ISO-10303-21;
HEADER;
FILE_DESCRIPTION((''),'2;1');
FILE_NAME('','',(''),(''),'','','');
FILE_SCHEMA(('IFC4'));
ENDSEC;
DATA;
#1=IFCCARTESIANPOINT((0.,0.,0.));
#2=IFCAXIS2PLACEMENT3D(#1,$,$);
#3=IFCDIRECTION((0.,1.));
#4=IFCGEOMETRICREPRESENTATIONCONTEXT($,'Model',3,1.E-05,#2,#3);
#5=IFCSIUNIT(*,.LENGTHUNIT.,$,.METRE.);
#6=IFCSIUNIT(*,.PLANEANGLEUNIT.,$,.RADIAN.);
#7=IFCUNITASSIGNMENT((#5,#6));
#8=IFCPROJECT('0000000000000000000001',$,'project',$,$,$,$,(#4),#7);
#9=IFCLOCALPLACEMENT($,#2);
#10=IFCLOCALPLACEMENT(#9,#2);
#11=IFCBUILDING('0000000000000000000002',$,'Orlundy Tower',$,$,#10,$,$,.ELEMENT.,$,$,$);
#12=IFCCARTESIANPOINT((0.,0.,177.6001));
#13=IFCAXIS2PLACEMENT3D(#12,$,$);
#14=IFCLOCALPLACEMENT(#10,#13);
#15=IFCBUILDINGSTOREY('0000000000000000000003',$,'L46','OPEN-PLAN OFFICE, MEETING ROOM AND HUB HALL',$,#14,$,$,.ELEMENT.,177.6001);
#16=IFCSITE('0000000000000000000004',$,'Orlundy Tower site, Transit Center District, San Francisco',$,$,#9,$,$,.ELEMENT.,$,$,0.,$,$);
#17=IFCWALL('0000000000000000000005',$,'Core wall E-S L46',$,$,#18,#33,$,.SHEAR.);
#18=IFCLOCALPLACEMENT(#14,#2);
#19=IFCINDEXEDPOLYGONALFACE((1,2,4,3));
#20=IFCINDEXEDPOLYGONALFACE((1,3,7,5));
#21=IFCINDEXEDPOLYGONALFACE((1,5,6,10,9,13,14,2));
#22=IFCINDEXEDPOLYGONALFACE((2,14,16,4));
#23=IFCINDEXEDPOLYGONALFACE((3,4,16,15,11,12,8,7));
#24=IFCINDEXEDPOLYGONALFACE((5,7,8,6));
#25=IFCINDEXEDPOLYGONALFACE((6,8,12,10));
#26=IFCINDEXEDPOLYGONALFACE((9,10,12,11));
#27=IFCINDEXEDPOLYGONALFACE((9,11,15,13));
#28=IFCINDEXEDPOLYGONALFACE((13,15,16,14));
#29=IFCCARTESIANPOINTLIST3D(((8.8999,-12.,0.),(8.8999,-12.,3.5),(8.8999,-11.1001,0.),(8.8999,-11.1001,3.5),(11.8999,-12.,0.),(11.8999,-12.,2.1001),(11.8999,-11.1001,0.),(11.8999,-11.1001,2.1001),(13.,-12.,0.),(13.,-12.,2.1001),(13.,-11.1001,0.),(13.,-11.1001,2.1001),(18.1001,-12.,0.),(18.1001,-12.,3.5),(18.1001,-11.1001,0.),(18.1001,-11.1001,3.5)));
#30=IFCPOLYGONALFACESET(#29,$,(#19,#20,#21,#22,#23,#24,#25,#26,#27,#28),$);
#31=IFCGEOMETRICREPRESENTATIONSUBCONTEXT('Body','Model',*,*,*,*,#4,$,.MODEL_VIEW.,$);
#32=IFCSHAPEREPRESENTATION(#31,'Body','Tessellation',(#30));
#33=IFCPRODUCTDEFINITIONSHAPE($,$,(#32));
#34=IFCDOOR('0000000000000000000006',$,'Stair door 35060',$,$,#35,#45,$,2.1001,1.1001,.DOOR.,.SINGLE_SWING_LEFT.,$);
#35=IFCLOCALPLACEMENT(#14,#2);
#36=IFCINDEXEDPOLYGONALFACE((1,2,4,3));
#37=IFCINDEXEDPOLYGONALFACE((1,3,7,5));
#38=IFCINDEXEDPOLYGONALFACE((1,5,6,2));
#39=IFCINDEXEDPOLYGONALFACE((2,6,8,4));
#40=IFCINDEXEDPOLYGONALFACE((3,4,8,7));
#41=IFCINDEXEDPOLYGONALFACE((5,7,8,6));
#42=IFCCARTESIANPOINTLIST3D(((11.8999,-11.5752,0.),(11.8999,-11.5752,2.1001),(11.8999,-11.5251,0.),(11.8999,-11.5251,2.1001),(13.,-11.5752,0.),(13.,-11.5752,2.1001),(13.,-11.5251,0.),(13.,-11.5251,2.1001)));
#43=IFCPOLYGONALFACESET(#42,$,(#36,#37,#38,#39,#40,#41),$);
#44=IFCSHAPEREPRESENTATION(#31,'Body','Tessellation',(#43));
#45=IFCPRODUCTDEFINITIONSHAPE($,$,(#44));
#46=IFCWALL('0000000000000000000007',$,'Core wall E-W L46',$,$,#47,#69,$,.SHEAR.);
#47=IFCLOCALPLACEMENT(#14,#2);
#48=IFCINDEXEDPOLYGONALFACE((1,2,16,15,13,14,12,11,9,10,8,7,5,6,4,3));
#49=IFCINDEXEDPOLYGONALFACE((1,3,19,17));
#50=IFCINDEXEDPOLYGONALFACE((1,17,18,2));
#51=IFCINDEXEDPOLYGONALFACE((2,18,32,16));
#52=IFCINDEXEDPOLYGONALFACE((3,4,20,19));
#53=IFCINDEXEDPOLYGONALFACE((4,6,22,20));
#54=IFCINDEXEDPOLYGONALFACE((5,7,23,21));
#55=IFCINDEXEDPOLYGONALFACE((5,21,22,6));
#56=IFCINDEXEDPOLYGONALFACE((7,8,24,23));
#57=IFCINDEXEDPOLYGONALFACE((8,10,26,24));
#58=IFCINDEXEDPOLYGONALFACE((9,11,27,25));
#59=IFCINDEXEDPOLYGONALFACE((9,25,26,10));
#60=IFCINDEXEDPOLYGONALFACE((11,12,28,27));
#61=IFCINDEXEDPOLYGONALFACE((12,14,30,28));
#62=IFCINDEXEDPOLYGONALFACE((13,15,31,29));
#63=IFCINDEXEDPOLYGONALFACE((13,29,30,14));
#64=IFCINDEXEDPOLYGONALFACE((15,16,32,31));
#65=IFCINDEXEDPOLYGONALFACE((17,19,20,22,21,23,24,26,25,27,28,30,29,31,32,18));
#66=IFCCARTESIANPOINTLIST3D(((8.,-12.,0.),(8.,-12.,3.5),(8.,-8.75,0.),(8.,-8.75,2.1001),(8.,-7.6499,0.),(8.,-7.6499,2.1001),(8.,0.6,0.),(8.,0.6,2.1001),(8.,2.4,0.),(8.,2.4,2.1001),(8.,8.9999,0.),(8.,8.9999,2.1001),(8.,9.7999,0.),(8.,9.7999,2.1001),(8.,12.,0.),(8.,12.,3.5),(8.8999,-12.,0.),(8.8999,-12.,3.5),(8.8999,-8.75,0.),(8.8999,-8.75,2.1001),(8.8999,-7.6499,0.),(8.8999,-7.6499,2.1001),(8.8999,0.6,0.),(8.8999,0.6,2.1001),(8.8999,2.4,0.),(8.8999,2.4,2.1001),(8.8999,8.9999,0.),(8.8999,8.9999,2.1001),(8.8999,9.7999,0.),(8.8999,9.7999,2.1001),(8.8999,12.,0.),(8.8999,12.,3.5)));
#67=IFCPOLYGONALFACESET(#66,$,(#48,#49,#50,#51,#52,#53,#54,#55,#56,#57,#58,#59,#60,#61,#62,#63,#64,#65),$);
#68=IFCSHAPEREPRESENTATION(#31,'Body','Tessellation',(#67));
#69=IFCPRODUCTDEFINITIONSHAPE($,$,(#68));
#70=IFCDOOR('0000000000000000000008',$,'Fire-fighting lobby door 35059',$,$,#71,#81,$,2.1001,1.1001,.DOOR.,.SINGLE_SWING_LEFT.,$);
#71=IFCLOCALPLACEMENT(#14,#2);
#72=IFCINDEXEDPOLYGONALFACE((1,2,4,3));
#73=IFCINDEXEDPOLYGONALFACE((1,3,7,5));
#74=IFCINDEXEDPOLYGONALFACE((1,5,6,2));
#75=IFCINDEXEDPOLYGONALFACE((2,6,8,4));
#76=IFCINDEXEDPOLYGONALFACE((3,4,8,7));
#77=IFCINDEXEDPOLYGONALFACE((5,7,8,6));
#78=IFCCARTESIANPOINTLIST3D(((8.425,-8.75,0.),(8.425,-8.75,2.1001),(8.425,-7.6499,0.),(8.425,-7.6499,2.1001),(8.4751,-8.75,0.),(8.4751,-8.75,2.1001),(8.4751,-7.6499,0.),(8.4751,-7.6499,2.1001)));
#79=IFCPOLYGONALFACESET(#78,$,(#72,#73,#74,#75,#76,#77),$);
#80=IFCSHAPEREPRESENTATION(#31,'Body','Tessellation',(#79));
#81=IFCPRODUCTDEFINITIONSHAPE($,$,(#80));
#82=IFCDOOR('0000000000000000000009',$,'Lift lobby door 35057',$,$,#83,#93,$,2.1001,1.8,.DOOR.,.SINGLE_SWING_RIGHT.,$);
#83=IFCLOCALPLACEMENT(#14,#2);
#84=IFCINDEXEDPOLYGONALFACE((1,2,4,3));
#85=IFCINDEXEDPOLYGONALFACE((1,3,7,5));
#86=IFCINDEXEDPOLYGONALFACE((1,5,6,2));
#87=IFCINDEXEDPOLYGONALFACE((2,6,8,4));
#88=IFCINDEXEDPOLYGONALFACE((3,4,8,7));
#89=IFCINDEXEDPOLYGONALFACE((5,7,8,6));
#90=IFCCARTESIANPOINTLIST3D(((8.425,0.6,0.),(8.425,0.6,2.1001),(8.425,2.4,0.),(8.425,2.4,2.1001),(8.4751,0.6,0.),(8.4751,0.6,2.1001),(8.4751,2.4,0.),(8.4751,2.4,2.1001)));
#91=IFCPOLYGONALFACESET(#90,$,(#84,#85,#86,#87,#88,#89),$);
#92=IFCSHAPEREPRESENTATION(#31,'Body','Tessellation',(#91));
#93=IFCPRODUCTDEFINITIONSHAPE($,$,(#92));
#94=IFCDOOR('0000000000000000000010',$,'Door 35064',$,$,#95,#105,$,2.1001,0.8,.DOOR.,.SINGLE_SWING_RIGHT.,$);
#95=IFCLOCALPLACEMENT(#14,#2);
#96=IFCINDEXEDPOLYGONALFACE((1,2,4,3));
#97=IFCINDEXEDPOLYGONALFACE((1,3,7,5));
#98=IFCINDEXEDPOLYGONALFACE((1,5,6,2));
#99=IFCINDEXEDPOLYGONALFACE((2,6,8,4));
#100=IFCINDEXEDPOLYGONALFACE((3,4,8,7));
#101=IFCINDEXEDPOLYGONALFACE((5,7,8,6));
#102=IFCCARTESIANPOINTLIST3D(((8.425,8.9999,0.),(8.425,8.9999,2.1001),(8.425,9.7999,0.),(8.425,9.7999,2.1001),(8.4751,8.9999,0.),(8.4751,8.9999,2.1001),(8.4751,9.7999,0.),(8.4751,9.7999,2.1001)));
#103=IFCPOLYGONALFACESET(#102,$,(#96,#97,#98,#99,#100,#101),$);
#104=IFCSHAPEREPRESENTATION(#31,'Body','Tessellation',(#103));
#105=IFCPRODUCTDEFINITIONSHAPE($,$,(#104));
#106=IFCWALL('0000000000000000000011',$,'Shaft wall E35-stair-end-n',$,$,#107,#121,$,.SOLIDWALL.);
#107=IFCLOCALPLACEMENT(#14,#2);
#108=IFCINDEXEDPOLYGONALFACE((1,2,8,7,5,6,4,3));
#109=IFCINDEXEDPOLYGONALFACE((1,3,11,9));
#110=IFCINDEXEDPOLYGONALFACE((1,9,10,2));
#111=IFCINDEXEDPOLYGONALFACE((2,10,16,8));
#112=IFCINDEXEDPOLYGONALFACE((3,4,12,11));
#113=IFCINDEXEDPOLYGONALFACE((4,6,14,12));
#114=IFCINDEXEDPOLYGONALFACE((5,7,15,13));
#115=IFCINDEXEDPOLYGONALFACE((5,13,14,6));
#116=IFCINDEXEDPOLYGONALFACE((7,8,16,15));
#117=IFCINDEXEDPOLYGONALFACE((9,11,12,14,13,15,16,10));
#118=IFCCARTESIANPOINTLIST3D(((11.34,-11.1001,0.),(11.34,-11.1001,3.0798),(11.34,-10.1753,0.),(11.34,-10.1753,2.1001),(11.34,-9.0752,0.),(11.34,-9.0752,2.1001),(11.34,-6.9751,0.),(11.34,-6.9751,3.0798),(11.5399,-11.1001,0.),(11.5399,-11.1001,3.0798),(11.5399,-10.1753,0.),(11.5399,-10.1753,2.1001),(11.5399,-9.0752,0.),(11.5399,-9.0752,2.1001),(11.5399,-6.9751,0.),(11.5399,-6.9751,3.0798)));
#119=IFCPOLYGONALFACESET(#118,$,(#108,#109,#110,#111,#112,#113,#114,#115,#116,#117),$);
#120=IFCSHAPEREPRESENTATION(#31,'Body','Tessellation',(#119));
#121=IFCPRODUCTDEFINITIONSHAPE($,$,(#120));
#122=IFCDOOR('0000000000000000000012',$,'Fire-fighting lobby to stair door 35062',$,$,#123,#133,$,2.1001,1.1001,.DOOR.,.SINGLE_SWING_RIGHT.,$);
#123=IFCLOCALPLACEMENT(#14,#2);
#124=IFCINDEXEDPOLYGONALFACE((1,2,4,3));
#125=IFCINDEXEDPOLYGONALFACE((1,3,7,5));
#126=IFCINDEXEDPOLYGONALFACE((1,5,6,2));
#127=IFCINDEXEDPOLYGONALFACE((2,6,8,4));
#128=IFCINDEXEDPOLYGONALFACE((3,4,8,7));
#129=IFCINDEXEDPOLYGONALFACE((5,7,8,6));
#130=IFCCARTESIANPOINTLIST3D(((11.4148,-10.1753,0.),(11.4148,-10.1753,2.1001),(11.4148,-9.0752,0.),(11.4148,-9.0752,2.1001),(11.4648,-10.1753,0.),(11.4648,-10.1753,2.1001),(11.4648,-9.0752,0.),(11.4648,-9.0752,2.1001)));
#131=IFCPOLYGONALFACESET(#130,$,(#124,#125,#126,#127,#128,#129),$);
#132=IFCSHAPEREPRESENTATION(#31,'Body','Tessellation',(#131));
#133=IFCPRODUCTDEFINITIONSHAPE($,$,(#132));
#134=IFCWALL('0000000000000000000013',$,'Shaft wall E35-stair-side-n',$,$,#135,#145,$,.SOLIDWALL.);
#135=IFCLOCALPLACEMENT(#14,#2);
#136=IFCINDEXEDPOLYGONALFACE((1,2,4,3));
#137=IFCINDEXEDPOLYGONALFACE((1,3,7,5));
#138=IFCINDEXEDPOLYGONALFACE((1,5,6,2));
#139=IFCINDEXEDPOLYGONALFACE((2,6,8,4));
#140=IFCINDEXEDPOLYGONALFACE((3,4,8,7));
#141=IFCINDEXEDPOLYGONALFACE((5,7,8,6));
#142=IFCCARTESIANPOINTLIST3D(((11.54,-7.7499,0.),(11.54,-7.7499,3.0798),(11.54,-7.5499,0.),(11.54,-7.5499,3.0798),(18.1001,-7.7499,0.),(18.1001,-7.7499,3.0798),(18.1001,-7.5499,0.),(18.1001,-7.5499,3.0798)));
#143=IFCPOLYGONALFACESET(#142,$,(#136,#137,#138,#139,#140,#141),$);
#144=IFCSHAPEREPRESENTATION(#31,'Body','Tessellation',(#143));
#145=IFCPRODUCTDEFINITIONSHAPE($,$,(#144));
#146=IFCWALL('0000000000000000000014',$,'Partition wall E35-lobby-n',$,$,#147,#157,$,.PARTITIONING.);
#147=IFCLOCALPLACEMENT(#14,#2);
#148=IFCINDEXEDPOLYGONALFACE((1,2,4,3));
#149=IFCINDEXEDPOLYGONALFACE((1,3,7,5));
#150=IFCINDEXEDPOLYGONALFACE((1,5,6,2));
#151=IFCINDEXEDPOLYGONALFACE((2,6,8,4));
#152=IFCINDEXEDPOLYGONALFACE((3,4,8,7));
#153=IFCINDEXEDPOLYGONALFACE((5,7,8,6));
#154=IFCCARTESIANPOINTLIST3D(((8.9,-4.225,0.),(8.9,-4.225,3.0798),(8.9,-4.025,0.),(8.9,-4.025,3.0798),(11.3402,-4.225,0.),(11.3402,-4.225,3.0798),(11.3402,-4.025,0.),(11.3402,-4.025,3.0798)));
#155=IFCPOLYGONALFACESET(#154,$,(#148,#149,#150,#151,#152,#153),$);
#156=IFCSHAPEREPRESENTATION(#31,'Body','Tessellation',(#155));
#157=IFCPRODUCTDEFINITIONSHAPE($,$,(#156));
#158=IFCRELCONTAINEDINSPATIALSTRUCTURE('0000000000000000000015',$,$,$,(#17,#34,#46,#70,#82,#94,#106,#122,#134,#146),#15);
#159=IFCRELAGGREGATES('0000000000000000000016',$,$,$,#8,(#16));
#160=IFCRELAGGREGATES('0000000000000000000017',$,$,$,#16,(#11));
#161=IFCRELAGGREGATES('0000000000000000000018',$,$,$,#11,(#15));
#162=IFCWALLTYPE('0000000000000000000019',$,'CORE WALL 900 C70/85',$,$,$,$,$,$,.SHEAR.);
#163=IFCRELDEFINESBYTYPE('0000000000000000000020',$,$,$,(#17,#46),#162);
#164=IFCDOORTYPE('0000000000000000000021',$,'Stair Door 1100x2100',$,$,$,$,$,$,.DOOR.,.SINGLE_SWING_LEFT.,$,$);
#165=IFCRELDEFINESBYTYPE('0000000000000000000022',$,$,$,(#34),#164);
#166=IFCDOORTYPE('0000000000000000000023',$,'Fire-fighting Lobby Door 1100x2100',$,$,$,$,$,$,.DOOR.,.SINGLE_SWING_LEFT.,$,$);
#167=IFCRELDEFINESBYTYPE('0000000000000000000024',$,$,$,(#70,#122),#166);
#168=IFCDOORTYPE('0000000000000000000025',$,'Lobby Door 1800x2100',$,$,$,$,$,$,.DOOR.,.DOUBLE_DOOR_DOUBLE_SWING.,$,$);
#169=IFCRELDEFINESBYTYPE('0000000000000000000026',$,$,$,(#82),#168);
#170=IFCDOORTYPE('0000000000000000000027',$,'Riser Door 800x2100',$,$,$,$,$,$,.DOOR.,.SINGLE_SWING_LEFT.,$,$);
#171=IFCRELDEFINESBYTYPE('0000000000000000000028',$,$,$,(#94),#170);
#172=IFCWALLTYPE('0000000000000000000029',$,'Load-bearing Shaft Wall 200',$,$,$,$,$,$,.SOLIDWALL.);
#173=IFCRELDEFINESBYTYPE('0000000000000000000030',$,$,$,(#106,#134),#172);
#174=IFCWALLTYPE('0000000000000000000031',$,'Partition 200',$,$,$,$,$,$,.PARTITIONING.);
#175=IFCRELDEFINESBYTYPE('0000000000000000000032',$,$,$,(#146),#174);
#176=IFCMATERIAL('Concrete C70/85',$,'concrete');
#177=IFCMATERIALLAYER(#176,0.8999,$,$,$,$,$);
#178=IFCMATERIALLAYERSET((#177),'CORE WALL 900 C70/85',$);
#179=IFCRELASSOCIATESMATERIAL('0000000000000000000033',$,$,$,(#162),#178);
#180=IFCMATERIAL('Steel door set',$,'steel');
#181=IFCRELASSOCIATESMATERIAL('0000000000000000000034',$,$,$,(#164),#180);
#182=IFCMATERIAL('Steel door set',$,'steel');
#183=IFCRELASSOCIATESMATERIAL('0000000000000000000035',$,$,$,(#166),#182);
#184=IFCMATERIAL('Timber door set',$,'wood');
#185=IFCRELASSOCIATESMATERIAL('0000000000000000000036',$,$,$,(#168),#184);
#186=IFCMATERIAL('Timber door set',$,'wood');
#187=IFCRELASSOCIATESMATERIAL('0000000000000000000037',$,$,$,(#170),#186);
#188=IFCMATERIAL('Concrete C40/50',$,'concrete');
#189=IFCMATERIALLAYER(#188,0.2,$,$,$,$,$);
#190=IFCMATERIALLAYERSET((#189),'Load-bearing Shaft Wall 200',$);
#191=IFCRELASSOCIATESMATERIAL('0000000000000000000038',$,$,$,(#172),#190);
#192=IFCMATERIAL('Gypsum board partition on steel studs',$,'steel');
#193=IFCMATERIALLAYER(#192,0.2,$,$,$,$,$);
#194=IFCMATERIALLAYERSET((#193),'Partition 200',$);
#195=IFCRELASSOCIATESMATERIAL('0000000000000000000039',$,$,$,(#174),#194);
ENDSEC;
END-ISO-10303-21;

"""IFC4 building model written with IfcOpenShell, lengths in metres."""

from ifc_helpers import new_model, si_unit, direction, frame, frame_2d, origin, place, context, subcontext, project, spatial, rectangle, extrude, material, layer, layer_set, type_object, element, fill, save


model = new_model("IFC4")

# Units and contexts
model_context = context("Model", 3, precision=1e-05, world=origin(), true_north=direction((0.0, 1.0)))
body_context = subcontext(model_context, "Body", "Model", "MODEL_VIEW")
ifc_project = project(units=[si_unit("LENGTHUNIT", "METRE"), si_unit("PLANEANGLEUNIT", "RADIAN")], contexts=[model_context])

# Site, building, storey
site_placement = place(None, origin())
site = spatial("IfcSite", under=ifc_project, at=site_placement, Name="Orlundy Tower site, Transit Center District, San Francisco", CompositionType="ELEMENT", RefElevation=0.0)
building_placement = place(site_placement, origin())
building = spatial("IfcBuilding", under=site, at=building_placement, Name="Orlundy Tower", CompositionType="ELEMENT")
storey_placement = place(building_placement, frame((0.0, 0.0, 177.6001)))
storey = spatial("IfcBuildingStorey", under=building, at=storey_placement, Name="L46", Description="OPEN-PLAN OFFICE, MEETING ROOM AND HUB HALL", CompositionType="ELEMENT", Elevation=177.6001)

# Wall, opening, door
ifc_material_1 = material(Name="Concrete C70/85", Category="concrete")
ifc_layer_1 = layer(ifc_material_1, 0.8999)
ifc_layer_set_1 = layer_set([ifc_layer_1], Name="CORE WALL 900 C70/85")
wall_type_1 = type_object("IfcWallType", Name="CORE WALL 900 C70/85", PredefinedType="SHEAR", material=ifc_layer_set_1)
wall_1_placement = place(storey_placement, frame((8.8999, -11.55, 0.0), z_axis=(0.0, 0.0, 1.0), x_axis=(1.0, 0.0, 0.0)))
wall_1 = element("IfcWall", 1, at=wall_1_placement, inside=storey, type_object=wall_type_1, Name="Core wall E-S L46", PredefinedType="SHEAR", context=body_context, shape_type="SweptSolid", body=[
    extrude(rectangle(XDim=9.2002, YDim=0.8999, at=frame_2d((4.6001, 0.0))), origin(), (0.0, 0.0, 1.0), 3.5),
])
opening_1_placement = place(wall_1_placement, frame((3.0, 0.0, 0.0)))
opening_1 = element("IfcOpeningElement", 2, at=opening_1_placement, cuts=wall_1, PredefinedType="OPENING", context=body_context, shape_type="SweptSolid", body=[
    extrude(rectangle(XDim=1.1001, YDim=2.1001, at=frame_2d((0.55, 1.05))), frame((0.0, 0.46, 0.0), z_axis=(0.0, -1.0, 0.0), x_axis=(1.0, 0.0, 0.0)), (0.0, 0.0, 1.0), 0.9199),
])
ifc_material_2 = material(Name="Steel door set", Category="steel")
door_type_1 = type_object("IfcDoorType", Name="Stair Door 1100x2100", OperationType="SINGLE_SWING_LEFT", PredefinedType="DOOR", material=ifc_material_2)
door_1_placement = place(opening_1_placement, origin())
door_1 = element("IfcDoor", 3, at=door_1_placement, inside=storey, type_object=door_type_1, Name="Stair door 35060", OperationType="SINGLE_SWING_LEFT", OverallHeight=2.1001, OverallWidth=1.1001, PredefinedType="DOOR", context=body_context, shape_type="SweptSolid", body=[
    extrude(rectangle(XDim=1.1001, YDim=2.1001, at=frame_2d((0.55, 1.05))), frame((0.0, 0.0249, 0.0), z_axis=(0.0, -1.0, 0.0), x_axis=(1.0, 0.0, 0.0)), (0.0, 0.0, 1.0), 0.05),
])
fill(opening_1, door_1)

# Wall, openings, doors
wall_2_placement = place(storey_placement, frame((8.45, -12.0, 0.0), z_axis=(0.0, 0.0, 1.0), x_axis=(0.0, 1.0, 0.0)))
wall_2 = element("IfcWall", 4, at=wall_2_placement, inside=storey, type_object=wall_type_1, Name="Core wall E-W L46", PredefinedType="SHEAR", context=body_context, shape_type="SweptSolid", body=[
    extrude(rectangle(XDim=24.0, YDim=0.8999, at=frame_2d((12.0, 0.0))), origin(), (0.0, 0.0, 1.0), 3.5),
])
opening_2_placement = place(wall_2_placement, frame((12.6001, 0.0, 0.0)))
opening_2 = element("IfcOpeningElement", 5, at=opening_2_placement, cuts=wall_2, PredefinedType="OPENING", context=body_context, shape_type="SweptSolid", body=[
    extrude(rectangle(XDim=1.8, YDim=2.1001, at=frame_2d((0.8999, 1.05))), frame((0.0, 0.46, 0.0), z_axis=(0.0, -1.0, 0.0), x_axis=(1.0, 0.0, 0.0)), (0.0, 0.0, 1.0), 0.9199),
])
opening_3_placement = place(wall_2_placement, frame((3.25, 0.0, 0.0)))
opening_3 = element("IfcOpeningElement", 6, at=opening_3_placement, cuts=wall_2, PredefinedType="OPENING", context=body_context, shape_type="SweptSolid", body=[
    extrude(rectangle(XDim=1.1001, YDim=2.1001, at=frame_2d((0.55, 1.05))), frame((0.0, 0.46, 0.0), z_axis=(0.0, -1.0, 0.0), x_axis=(1.0, 0.0, 0.0)), (0.0, 0.0, 1.0), 0.9199),
])
opening_4_placement = place(wall_2_placement, frame((21.0, 0.0, 0.0)))
opening_4 = element("IfcOpeningElement", 7, at=opening_4_placement, cuts=wall_2, PredefinedType="OPENING", context=body_context, shape_type="SweptSolid", body=[
    extrude(rectangle(XDim=0.8, YDim=2.1001, at=frame_2d((0.3999, 1.05))), frame((0.0, 0.46, 0.0), z_axis=(0.0, -1.0, 0.0), x_axis=(1.0, 0.0, 0.0)), (0.0, 0.0, 1.0), 0.9199),
])
ifc_material_3 = material(Name="Steel door set", Category="steel")
door_type_2 = type_object("IfcDoorType", Name="Fire-fighting Lobby Door 1100x2100", OperationType="SINGLE_SWING_LEFT", PredefinedType="DOOR", material=ifc_material_3)
door_2_placement = place(opening_3_placement, origin())
door_2 = element("IfcDoor", 8, at=door_2_placement, inside=storey, type_object=door_type_2, Name="Fire-fighting lobby door 35059", OperationType="SINGLE_SWING_LEFT", OverallHeight=2.1001, OverallWidth=1.1001, PredefinedType="DOOR", context=body_context, shape_type="SweptSolid", body=[
    extrude(rectangle(XDim=1.1001, YDim=2.1001, at=frame_2d((0.55, 1.05))), frame((0.0, 0.0249, 0.0), z_axis=(0.0, -1.0, 0.0), x_axis=(1.0, 0.0, 0.0)), (0.0, 0.0, 1.0), 0.05),
])
fill(opening_3, door_2)
ifc_material_4 = material(Name="Timber door set", Category="wood")
door_type_3 = type_object("IfcDoorType", Name="Lobby Door 1800x2100", OperationType="DOUBLE_DOOR_DOUBLE_SWING", PredefinedType="DOOR", material=ifc_material_4)
door_3_placement = place(opening_2_placement, origin())
door_3 = element("IfcDoor", 9, at=door_3_placement, inside=storey, type_object=door_type_3, Name="Lift lobby door 35057", OperationType="SINGLE_SWING_RIGHT", OverallHeight=2.1001, OverallWidth=1.8, PredefinedType="DOOR", context=body_context, shape_type="SweptSolid", body=[
    extrude(rectangle(XDim=1.8, YDim=2.1001, at=frame_2d((0.8999, 1.05))), frame((0.0, 0.0249, 0.0), z_axis=(0.0, -1.0, 0.0), x_axis=(1.0, 0.0, 0.0)), (0.0, 0.0, 1.0), 0.05),
])
fill(opening_2, door_3)
ifc_material_5 = material(Name="Timber door set", Category="wood")
door_type_4 = type_object("IfcDoorType", Name="Riser Door 800x2100", OperationType="SINGLE_SWING_LEFT", PredefinedType="DOOR", material=ifc_material_5)
door_4_placement = place(opening_4_placement, origin())
door_4 = element("IfcDoor", 10, at=door_4_placement, inside=storey, type_object=door_type_4, Name="Door 35064", OperationType="SINGLE_SWING_RIGHT", OverallHeight=2.1001, OverallWidth=0.8, PredefinedType="DOOR", context=body_context, shape_type="SweptSolid", body=[
    extrude(rectangle(XDim=0.8, YDim=2.1001, at=frame_2d((0.3999, 1.05))), frame((0.0, 0.0249, 0.0), z_axis=(0.0, -1.0, 0.0), x_axis=(1.0, 0.0, 0.0)), (0.0, 0.0, 1.0), 0.05),
])
fill(opening_4, door_4)

# Wall, opening, door
ifc_material_6 = material(Name="Concrete C40/50", Category="concrete")
ifc_layer_2 = layer(ifc_material_6, 0.2)
ifc_layer_set_2 = layer_set([ifc_layer_2], Name="Load-bearing Shaft Wall 200")
wall_type_2 = type_object("IfcWallType", Name="Load-bearing Shaft Wall 200", PredefinedType="SOLIDWALL", material=ifc_layer_set_2)
wall_3_placement = place(storey_placement, frame((11.4399, -6.9751, 0.0), z_axis=(0.0, 0.0, 1.0), x_axis=(0.0, -1.0, 0.0)))
wall_3 = element("IfcWall", 11, at=wall_3_placement, inside=storey, type_object=wall_type_2, Name="Shaft wall E35-stair-end-n", PredefinedType="SOLIDWALL", context=body_context, shape_type="SweptSolid", body=[
    extrude(rectangle(XDim=4.125, YDim=0.2, at=frame_2d((2.0625, 0.0))), origin(), (0.0, 0.0, 1.0), 3.0798),
])
opening_5_placement = place(wall_3_placement, frame((2.1001, 0.0, 0.0)))
opening_5 = element("IfcOpeningElement", 12, at=opening_5_placement, cuts=wall_3, PredefinedType="OPENING", context=body_context, shape_type="SweptSolid", body=[
    extrude(rectangle(XDim=1.1001, YDim=2.1001, at=frame_2d((0.55, 1.05))), frame((0.0, 0.1101, 0.0), z_axis=(0.0, -1.0, 0.0), x_axis=(1.0, 0.0, 0.0)), (0.0, 0.0, 1.0), 0.2202),
])
door_5_placement = place(opening_5_placement, origin())
door_5 = element("IfcDoor", 13, at=door_5_placement, inside=storey, type_object=door_type_2, Name="Fire-fighting lobby to stair door 35062", OperationType="SINGLE_SWING_RIGHT", OverallHeight=2.1001, OverallWidth=1.1001, PredefinedType="DOOR", context=body_context, shape_type="SweptSolid", body=[
    extrude(rectangle(XDim=1.1001, YDim=2.1001, at=frame_2d((0.55, 1.05))), frame((0.0, 0.0249, 0.0), z_axis=(0.0, -1.0, 0.0), x_axis=(1.0, 0.0, 0.0)), (0.0, 0.0, 1.0), 0.05),
])
fill(opening_5, door_5)

# Walls
wall_4_placement = place(storey_placement, frame((11.54, -7.6499, 0.0), z_axis=(0.0, 0.0, 1.0), x_axis=(1.0, 0.0, 0.0)))
element("IfcWall", 14, at=wall_4_placement, inside=storey, type_object=wall_type_2, Name="Shaft wall E35-stair-side-n", PredefinedType="SOLIDWALL", context=body_context, shape_type="SweptSolid", body=[
    extrude(rectangle(XDim=6.5601, YDim=0.2, at=frame_2d((3.28, 0.0))), origin(), (0.0, 0.0, 1.0), 3.0798),
])
ifc_material_7 = material(Name="Gypsum board partition on steel studs", Category="steel")
ifc_layer_3 = layer(ifc_material_7, 0.2)
ifc_layer_set_3 = layer_set([ifc_layer_3], Name="Partition 200")
wall_type_3 = type_object("IfcWallType", Name="Partition 200", PredefinedType="PARTITIONING", material=ifc_layer_set_3)
wall_5_placement = place(storey_placement, frame((8.8999, -4.125, 0.0), z_axis=(0.0, 0.0, 1.0), x_axis=(1.0, 0.0, 0.0)))
element("IfcWall", 15, at=wall_5_placement, inside=storey, type_object=wall_type_3, Name="Partition wall E35-lobby-n", PredefinedType="PARTITIONING", context=body_context, shape_type="SweptSolid", body=[
    extrude(rectangle(XDim=2.4402, YDim=0.2, at=frame_2d((1.2202, 0.0))), origin(), (0.0, 0.0, 1.0), 3.0798),
])

save(model, "model.ifc")
